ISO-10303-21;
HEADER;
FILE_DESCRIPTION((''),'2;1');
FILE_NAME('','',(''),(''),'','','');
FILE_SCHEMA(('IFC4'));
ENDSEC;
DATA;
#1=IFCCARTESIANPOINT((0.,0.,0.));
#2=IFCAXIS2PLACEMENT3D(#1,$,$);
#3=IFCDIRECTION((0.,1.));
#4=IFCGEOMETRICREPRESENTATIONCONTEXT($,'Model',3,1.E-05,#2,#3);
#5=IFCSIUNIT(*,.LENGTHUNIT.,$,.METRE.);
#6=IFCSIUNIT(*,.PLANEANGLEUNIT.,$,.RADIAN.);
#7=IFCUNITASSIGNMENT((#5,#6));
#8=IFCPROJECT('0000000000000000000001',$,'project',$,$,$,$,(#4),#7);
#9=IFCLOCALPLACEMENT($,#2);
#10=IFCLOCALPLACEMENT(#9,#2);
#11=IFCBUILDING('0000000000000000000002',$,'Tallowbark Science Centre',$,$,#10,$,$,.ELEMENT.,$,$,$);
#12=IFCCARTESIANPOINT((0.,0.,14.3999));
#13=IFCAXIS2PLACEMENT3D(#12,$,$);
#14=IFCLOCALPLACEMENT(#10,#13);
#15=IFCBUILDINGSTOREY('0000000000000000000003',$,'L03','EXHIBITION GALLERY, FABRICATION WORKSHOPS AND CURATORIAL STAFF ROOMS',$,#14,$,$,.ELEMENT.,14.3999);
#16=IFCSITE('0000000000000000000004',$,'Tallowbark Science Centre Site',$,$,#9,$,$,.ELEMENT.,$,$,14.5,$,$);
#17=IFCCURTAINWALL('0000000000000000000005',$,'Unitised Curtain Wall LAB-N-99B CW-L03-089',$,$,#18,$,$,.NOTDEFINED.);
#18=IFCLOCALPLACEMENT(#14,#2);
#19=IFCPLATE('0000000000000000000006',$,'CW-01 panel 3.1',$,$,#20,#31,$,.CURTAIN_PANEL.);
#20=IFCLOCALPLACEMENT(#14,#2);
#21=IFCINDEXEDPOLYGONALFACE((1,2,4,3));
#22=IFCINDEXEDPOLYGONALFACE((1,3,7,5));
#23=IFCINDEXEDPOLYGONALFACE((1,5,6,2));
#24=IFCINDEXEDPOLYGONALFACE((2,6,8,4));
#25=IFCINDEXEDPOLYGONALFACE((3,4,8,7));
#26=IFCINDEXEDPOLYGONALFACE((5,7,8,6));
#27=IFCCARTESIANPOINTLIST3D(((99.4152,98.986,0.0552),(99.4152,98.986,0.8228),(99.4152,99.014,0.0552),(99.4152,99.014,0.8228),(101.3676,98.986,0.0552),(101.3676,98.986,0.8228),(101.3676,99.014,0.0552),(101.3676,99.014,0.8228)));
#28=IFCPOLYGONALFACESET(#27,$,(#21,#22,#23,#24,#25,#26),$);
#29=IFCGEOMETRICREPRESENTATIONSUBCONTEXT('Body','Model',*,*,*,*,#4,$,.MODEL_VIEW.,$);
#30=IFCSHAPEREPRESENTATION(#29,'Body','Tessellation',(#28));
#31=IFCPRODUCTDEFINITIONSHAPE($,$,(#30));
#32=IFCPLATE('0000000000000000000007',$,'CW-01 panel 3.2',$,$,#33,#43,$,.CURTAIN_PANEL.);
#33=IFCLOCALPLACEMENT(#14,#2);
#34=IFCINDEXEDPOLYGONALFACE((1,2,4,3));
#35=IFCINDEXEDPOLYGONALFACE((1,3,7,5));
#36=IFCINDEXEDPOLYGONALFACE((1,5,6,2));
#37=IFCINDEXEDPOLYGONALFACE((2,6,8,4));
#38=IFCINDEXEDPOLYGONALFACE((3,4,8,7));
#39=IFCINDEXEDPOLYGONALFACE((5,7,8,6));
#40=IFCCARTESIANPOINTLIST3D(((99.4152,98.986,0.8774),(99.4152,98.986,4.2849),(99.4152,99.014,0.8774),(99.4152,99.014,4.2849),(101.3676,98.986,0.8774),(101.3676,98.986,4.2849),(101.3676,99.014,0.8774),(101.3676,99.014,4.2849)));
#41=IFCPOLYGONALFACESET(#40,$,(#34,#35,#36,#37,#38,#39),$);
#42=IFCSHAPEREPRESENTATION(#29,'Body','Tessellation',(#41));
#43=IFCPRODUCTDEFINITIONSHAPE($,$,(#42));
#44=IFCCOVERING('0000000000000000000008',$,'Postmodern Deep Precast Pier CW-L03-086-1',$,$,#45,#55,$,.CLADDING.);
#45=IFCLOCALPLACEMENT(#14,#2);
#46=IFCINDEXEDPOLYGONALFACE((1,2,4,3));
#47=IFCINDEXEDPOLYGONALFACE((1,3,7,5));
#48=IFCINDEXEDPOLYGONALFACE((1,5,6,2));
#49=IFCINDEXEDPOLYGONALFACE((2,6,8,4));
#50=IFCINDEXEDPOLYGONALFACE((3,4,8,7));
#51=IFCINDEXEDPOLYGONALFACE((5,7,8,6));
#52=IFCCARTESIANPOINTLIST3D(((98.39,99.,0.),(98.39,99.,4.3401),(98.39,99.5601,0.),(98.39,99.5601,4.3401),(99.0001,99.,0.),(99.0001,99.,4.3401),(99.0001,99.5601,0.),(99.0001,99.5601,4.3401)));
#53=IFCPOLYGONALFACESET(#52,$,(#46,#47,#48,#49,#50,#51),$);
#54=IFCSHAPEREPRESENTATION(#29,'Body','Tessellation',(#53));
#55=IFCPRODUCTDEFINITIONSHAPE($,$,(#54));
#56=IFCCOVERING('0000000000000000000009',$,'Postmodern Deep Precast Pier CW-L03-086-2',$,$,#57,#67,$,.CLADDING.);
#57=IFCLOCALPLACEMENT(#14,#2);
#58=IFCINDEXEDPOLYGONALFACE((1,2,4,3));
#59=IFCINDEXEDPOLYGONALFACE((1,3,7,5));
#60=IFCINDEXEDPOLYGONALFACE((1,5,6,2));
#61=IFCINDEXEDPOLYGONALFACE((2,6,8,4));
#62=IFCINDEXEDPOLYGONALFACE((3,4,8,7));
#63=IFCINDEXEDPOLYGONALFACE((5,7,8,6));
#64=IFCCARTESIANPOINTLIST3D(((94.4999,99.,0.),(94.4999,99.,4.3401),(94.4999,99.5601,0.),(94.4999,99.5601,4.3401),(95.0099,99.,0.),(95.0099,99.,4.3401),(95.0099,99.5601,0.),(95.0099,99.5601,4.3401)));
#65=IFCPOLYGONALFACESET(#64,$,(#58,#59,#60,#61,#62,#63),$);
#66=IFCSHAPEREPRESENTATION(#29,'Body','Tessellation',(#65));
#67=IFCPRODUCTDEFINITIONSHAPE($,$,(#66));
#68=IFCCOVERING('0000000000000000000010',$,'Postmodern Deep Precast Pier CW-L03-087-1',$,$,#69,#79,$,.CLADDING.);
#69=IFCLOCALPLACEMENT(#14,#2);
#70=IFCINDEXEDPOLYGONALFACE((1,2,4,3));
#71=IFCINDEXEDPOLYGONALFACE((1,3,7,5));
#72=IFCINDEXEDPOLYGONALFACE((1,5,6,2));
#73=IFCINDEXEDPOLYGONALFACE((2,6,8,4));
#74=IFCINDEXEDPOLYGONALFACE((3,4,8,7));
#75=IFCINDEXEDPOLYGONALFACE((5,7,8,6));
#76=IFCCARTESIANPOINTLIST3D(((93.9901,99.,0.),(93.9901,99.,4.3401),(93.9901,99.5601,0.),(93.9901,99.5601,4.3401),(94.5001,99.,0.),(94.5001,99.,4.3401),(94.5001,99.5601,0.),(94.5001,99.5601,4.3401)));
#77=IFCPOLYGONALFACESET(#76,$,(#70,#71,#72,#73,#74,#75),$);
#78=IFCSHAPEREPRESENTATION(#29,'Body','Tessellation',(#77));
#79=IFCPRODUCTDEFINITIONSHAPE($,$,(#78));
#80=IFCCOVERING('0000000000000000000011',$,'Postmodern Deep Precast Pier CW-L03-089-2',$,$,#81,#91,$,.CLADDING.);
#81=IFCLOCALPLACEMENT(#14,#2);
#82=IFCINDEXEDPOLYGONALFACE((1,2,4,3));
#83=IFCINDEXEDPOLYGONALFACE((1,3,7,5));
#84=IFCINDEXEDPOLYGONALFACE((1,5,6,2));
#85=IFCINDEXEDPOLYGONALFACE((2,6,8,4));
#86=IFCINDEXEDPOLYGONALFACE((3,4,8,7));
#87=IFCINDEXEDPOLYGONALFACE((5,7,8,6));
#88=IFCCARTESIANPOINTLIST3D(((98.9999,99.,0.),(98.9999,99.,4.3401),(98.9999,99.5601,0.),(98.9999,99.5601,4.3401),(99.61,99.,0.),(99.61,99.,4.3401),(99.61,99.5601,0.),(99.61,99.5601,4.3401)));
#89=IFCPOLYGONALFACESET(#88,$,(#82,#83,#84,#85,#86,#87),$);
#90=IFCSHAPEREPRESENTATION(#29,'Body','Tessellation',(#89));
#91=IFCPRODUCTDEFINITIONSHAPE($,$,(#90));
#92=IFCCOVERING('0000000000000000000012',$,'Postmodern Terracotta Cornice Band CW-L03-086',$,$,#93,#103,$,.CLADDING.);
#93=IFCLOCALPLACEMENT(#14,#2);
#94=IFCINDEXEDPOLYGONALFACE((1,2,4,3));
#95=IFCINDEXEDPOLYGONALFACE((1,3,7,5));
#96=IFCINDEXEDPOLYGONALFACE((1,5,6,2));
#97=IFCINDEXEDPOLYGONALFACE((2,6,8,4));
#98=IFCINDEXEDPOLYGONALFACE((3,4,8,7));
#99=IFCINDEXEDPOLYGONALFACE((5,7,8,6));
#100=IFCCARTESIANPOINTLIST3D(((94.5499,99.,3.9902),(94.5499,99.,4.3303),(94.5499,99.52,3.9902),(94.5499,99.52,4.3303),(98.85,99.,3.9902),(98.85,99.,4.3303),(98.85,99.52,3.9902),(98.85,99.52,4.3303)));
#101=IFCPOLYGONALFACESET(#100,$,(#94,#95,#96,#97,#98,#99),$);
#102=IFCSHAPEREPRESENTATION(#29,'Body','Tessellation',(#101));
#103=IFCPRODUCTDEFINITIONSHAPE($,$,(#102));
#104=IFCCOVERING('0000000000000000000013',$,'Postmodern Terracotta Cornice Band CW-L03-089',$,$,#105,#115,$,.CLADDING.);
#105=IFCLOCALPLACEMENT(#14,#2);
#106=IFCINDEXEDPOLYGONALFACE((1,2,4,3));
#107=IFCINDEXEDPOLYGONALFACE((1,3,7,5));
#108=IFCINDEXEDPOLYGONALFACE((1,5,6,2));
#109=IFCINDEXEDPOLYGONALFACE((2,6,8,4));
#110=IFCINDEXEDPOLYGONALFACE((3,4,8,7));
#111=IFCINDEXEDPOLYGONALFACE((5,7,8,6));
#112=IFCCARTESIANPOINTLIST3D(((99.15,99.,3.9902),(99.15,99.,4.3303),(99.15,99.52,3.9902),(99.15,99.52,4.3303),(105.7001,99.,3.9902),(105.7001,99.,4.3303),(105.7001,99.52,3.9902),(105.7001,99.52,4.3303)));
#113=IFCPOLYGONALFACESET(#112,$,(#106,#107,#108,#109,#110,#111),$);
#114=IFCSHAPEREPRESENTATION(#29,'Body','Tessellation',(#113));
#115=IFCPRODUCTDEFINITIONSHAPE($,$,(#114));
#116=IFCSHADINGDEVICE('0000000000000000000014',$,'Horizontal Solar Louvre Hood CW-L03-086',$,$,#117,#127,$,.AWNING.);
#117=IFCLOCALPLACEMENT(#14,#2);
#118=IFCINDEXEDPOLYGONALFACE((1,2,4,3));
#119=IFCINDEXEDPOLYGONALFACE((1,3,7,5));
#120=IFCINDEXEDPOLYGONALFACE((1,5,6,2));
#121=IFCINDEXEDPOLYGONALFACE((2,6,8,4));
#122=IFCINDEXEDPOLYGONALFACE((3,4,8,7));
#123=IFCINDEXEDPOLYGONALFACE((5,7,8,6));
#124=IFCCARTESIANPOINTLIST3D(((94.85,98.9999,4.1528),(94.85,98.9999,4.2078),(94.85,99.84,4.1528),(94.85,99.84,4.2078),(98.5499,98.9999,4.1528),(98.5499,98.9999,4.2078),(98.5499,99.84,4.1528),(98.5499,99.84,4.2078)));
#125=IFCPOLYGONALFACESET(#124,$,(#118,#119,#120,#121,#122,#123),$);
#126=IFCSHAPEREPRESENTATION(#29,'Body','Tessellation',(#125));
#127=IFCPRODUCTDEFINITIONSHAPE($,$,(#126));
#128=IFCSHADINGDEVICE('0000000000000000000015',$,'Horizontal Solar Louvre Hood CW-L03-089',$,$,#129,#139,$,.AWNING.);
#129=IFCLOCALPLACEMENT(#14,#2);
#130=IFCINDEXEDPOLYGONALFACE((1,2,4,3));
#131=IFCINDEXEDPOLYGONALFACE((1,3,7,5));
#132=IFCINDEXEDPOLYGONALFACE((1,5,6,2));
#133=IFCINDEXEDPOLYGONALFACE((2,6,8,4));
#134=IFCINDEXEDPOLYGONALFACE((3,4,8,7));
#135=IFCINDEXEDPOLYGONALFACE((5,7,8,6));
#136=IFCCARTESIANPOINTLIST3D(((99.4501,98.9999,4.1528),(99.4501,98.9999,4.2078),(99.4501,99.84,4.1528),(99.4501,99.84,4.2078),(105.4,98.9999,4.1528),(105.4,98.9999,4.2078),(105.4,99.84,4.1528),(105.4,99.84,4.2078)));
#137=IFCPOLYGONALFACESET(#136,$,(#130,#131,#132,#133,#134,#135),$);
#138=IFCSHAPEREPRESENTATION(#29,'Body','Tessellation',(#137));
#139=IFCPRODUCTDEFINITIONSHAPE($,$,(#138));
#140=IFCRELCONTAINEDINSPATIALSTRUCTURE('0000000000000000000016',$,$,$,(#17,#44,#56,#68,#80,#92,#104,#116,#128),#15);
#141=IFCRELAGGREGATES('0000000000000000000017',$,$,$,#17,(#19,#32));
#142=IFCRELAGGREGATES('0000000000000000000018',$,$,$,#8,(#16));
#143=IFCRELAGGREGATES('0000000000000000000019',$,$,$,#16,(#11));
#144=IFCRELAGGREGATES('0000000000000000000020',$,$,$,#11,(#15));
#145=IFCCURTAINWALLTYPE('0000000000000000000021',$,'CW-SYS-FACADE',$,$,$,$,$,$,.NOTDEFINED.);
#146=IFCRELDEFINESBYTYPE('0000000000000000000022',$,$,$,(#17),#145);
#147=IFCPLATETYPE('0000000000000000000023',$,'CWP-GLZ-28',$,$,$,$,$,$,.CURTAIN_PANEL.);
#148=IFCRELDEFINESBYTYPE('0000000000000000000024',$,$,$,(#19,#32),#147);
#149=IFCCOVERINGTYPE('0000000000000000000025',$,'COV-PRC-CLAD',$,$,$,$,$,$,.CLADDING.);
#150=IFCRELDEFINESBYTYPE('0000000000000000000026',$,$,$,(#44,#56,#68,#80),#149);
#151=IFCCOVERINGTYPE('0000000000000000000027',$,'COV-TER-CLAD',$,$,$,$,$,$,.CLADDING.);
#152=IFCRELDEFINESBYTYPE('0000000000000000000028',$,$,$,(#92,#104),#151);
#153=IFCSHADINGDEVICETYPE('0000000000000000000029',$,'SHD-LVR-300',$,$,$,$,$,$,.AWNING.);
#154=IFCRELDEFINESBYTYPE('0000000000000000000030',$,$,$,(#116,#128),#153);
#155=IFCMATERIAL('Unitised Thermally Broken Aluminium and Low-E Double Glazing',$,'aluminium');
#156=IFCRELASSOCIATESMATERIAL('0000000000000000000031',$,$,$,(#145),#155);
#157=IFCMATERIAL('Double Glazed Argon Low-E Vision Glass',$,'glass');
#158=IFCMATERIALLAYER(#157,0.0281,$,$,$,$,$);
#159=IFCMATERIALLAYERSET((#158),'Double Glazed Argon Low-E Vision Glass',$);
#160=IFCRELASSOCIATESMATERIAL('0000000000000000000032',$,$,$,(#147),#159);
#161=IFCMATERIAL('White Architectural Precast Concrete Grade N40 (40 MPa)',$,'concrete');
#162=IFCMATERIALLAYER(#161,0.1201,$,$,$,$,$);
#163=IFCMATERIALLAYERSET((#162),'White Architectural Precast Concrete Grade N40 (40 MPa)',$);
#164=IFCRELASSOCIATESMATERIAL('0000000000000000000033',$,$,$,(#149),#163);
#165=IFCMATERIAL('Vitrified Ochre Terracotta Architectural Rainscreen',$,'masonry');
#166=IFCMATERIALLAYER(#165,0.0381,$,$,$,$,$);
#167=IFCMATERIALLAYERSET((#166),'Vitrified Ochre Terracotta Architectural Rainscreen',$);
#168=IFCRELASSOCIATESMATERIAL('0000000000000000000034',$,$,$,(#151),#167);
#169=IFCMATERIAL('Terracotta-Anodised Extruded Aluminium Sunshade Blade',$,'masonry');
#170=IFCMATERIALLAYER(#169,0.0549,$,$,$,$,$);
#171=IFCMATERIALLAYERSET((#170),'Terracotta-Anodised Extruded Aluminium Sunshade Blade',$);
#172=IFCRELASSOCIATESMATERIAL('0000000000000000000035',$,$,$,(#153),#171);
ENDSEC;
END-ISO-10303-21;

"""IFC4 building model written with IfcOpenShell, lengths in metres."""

from ifc_helpers import new_model, si_unit, direction, frame, origin, origin_2d, place, context, subcontext, project, spatial, rectangle, extrude, material, layer, layer_set, type_object, element, aggregate, save


model = new_model("IFC4")

# Units and contexts
model_context = context("Model", 3, precision=1e-05, world=origin(), true_north=direction((0.0, 1.0)))
body_context = subcontext(model_context, "Body", "Model", "MODEL_VIEW")
ifc_project = project(units=[si_unit("LENGTHUNIT", "METRE"), si_unit("PLANEANGLEUNIT", "RADIAN")], contexts=[model_context])

# Site, building, storey
site_placement = place(None, origin())
site = spatial("IfcSite", under=ifc_project, at=site_placement, Name="Tallowbark Science Centre Site", CompositionType="ELEMENT", RefElevation=14.5)
building_placement = place(site_placement, origin())
building = spatial("IfcBuilding", under=site, at=building_placement, Name="Tallowbark Science Centre", CompositionType="ELEMENT")
storey_placement = place(building_placement, frame((0.0, 0.0, 14.3999)))
storey = spatial("IfcBuildingStorey", under=building, at=storey_placement, Name="L03", Description="EXHIBITION GALLERY, FABRICATION WORKSHOPS AND CURATORIAL STAFF ROOMS", CompositionType="ELEMENT", Elevation=14.3999)

# Curtain wall
ifc_material_1 = material(Name="Unitised Thermally Broken Aluminium and Low-E Double Glazing", Category="aluminium")
curtain_wall_type = type_object("IfcCurtainWallType", Name="CW-SYS-FACADE", PredefinedType="NOTDEFINED", material=ifc_material_1)
curtain_wall_1_placement = place(storey_placement, origin())
curtain_wall_1 = element("IfcCurtainWall", 1, at=curtain_wall_1_placement, inside=storey, type_object=curtain_wall_type, Name="Unitised Curtain Wall LAB-N-99B CW-L03-089", PredefinedType="NOTDEFINED")

# Plates
ifc_material_2 = material(Name="Double Glazed Argon Low-E Vision Glass", Category="glass")
ifc_layer_1 = layer(ifc_material_2, 0.0281)
ifc_layer_set_1 = layer_set([ifc_layer_1], Name="Double Glazed Argon Low-E Vision Glass")
plate_type = type_object("IfcPlateType", Name="CWP-GLZ-28", PredefinedType="CURTAIN_PANEL", material=ifc_layer_set_1)
plate_1_placement = place(storey_placement, frame((100.3914, 99.0, 0.0552), z_axis=(0.0, 0.0, 1.0), x_axis=(-1.0, 0.0, 0.0)))
plate_1 = element("IfcPlate", 2, at=plate_1_placement, type_object=plate_type, Name="CW-01 panel 3.1", PredefinedType="CURTAIN_PANEL", context=body_context, shape_type="SweptSolid", body=[
    extrude(rectangle(XDim=1.9524, YDim=0.0281, at=origin_2d()), origin(), (0.0, 0.0, 1.0), 0.7676),
])
plate_2_placement = place(storey_placement, frame((100.3914, 99.0, 0.8774), z_axis=(0.0, 0.0, 1.0), x_axis=(-1.0, 0.0, 0.0)))
plate_2 = element("IfcPlate", 3, at=plate_2_placement, type_object=plate_type, Name="CW-01 panel 3.2", PredefinedType="CURTAIN_PANEL", context=body_context, shape_type="SweptSolid", body=[
    extrude(rectangle(XDim=1.9524, YDim=0.0281, at=origin_2d()), origin(), (0.0, 0.0, 1.0), 3.4075),
])
aggregate(curtain_wall_1, [plate_1, plate_2])

# Coverings
ifc_material_3 = material(Name="White Architectural Precast Concrete Grade N40 (40 MPa)", Category="concrete")
ifc_layer_2 = layer(ifc_material_3, 0.1201)
ifc_layer_set_2 = layer_set([ifc_layer_2], Name="White Architectural Precast Concrete Grade N40 (40 MPa)")
covering_type_1 = type_object("IfcCoveringType", Name="COV-PRC-CLAD", PredefinedType="CLADDING", material=ifc_layer_set_2)
covering_1_placement = place(storey_placement, frame((98.6951, 99.28, 0.0), z_axis=(0.0, 0.0, 1.0), x_axis=(-1.0, 0.0, 0.0)))
element("IfcCovering", 4, at=covering_1_placement, inside=storey, type_object=covering_type_1, Name="Postmodern Deep Precast Pier CW-L03-086-1", PredefinedType="CLADDING", context=body_context, shape_type="SweptSolid", body=[
    extrude(rectangle(XDim=0.6101, YDim=0.5601, at=origin_2d()), origin(), (0.0, 0.0, 1.0), 4.3401),
])
for number, where, z_axis, x_axis, name in (
    (5, (94.7549, 99.28, 0.0), (0.0, 0.0, 1.0), (-1.0, 0.0, 0.0), "Postmodern Deep Precast Pier CW-L03-086-2"),
    (6, (94.2451, 99.28, 0.0), (0.0, 0.0, 1.0), (-1.0, 0.0, 0.0), "Postmodern Deep Precast Pier CW-L03-087-1"),
):
    element("IfcCovering", number, at=place(storey_placement, frame(where, z_axis=z_axis, x_axis=x_axis)), inside=storey, type_object=covering_type_1, Name=name, PredefinedType="CLADDING", context=body_context, shape_type="SweptSolid", body=[
        extrude(rectangle(XDim=0.51, YDim=0.5601, at=origin_2d()), origin(), (0.0, 0.0, 1.0), 4.3401),
    ])
covering_2_placement = place(storey_placement, frame((99.3049, 99.28, 0.0), z_axis=(0.0, 0.0, 1.0), x_axis=(-1.0, 0.0, 0.0)))
element("IfcCovering", 7, at=covering_2_placement, inside=storey, type_object=covering_type_1, Name="Postmodern Deep Precast Pier CW-L03-089-2", PredefinedType="CLADDING", context=body_context, shape_type="SweptSolid", body=[
    extrude(rectangle(XDim=0.6101, YDim=0.5601, at=origin_2d()), origin(), (0.0, 0.0, 1.0), 4.3401),
])
ifc_material_4 = material(Name="Vitrified Ochre Terracotta Architectural Rainscreen", Category="masonry")
ifc_layer_3 = layer(ifc_material_4, 0.0381)
ifc_layer_set_3 = layer_set([ifc_layer_3], Name="Vitrified Ochre Terracotta Architectural Rainscreen")
covering_type_2 = type_object("IfcCoveringType", Name="COV-TER-CLAD", PredefinedType="CLADDING", material=ifc_layer_set_3)
covering_3_placement = place(storey_placement, frame((96.7, 99.26, 3.9902), z_axis=(0.0, 0.0, 1.0), x_axis=(-1.0, 0.0, 0.0)))
element("IfcCovering", 8, at=covering_3_placement, inside=storey, type_object=covering_type_2, Name="Postmodern Terracotta Cornice Band CW-L03-086", PredefinedType="CLADDING", context=body_context, shape_type="SweptSolid", body=[
    extrude(rectangle(XDim=4.3, YDim=0.52, at=origin_2d()), origin(), (0.0, 0.0, 1.0), 0.3401),
])
covering_4_placement = place(storey_placement, frame((102.425, 99.26, 3.9902), z_axis=(0.0, 0.0, 1.0), x_axis=(-1.0, 0.0, 0.0)))
element("IfcCovering", 9, at=covering_4_placement, inside=storey, type_object=covering_type_2, Name="Postmodern Terracotta Cornice Band CW-L03-089", PredefinedType="CLADDING", context=body_context, shape_type="SweptSolid", body=[
    extrude(rectangle(XDim=6.55, YDim=0.52, at=origin_2d()), origin(), (0.0, 0.0, 1.0), 0.3401),
])

# Shading devices
ifc_material_5 = material(Name="Terracotta-Anodised Extruded Aluminium Sunshade Blade", Category="masonry")
ifc_layer_4 = layer(ifc_material_5, 0.0549)
ifc_layer_set_4 = layer_set([ifc_layer_4], Name="Terracotta-Anodised Extruded Aluminium Sunshade Blade")
shading_device_type = type_object("IfcShadingDeviceType", Name="SHD-LVR-300", PredefinedType="AWNING", material=ifc_layer_set_4)
shading_device_1_placement = place(storey_placement, frame((96.7, 99.4199, 4.1528), z_axis=(0.0, 0.0, 1.0), x_axis=(-1.0, 0.0, 0.0)))
element("IfcShadingDevice", 10, at=shading_device_1_placement, inside=storey, type_object=shading_device_type, Name="Horizontal Solar Louvre Hood CW-L03-086", PredefinedType="AWNING", context=body_context, shape_type="SweptSolid", body=[
    extrude(rectangle(XDim=3.7, YDim=0.8401, at=origin_2d()), origin(), (0.0, 0.0, 1.0), 0.0549),
])
shading_device_2_placement = place(storey_placement, frame((102.425, 99.4199, 4.1528), z_axis=(0.0, 0.0, 1.0), x_axis=(-1.0, 0.0, 0.0)))
element("IfcShadingDevice", 11, at=shading_device_2_placement, inside=storey, type_object=shading_device_type, Name="Horizontal Solar Louvre Hood CW-L03-089", PredefinedType="AWNING", context=body_context, shape_type="SweptSolid", body=[
    extrude(rectangle(XDim=5.95, YDim=0.8401, at=origin_2d()), origin(), (0.0, 0.0, 1.0), 0.0549),
])

save(model, "model.ifc")
